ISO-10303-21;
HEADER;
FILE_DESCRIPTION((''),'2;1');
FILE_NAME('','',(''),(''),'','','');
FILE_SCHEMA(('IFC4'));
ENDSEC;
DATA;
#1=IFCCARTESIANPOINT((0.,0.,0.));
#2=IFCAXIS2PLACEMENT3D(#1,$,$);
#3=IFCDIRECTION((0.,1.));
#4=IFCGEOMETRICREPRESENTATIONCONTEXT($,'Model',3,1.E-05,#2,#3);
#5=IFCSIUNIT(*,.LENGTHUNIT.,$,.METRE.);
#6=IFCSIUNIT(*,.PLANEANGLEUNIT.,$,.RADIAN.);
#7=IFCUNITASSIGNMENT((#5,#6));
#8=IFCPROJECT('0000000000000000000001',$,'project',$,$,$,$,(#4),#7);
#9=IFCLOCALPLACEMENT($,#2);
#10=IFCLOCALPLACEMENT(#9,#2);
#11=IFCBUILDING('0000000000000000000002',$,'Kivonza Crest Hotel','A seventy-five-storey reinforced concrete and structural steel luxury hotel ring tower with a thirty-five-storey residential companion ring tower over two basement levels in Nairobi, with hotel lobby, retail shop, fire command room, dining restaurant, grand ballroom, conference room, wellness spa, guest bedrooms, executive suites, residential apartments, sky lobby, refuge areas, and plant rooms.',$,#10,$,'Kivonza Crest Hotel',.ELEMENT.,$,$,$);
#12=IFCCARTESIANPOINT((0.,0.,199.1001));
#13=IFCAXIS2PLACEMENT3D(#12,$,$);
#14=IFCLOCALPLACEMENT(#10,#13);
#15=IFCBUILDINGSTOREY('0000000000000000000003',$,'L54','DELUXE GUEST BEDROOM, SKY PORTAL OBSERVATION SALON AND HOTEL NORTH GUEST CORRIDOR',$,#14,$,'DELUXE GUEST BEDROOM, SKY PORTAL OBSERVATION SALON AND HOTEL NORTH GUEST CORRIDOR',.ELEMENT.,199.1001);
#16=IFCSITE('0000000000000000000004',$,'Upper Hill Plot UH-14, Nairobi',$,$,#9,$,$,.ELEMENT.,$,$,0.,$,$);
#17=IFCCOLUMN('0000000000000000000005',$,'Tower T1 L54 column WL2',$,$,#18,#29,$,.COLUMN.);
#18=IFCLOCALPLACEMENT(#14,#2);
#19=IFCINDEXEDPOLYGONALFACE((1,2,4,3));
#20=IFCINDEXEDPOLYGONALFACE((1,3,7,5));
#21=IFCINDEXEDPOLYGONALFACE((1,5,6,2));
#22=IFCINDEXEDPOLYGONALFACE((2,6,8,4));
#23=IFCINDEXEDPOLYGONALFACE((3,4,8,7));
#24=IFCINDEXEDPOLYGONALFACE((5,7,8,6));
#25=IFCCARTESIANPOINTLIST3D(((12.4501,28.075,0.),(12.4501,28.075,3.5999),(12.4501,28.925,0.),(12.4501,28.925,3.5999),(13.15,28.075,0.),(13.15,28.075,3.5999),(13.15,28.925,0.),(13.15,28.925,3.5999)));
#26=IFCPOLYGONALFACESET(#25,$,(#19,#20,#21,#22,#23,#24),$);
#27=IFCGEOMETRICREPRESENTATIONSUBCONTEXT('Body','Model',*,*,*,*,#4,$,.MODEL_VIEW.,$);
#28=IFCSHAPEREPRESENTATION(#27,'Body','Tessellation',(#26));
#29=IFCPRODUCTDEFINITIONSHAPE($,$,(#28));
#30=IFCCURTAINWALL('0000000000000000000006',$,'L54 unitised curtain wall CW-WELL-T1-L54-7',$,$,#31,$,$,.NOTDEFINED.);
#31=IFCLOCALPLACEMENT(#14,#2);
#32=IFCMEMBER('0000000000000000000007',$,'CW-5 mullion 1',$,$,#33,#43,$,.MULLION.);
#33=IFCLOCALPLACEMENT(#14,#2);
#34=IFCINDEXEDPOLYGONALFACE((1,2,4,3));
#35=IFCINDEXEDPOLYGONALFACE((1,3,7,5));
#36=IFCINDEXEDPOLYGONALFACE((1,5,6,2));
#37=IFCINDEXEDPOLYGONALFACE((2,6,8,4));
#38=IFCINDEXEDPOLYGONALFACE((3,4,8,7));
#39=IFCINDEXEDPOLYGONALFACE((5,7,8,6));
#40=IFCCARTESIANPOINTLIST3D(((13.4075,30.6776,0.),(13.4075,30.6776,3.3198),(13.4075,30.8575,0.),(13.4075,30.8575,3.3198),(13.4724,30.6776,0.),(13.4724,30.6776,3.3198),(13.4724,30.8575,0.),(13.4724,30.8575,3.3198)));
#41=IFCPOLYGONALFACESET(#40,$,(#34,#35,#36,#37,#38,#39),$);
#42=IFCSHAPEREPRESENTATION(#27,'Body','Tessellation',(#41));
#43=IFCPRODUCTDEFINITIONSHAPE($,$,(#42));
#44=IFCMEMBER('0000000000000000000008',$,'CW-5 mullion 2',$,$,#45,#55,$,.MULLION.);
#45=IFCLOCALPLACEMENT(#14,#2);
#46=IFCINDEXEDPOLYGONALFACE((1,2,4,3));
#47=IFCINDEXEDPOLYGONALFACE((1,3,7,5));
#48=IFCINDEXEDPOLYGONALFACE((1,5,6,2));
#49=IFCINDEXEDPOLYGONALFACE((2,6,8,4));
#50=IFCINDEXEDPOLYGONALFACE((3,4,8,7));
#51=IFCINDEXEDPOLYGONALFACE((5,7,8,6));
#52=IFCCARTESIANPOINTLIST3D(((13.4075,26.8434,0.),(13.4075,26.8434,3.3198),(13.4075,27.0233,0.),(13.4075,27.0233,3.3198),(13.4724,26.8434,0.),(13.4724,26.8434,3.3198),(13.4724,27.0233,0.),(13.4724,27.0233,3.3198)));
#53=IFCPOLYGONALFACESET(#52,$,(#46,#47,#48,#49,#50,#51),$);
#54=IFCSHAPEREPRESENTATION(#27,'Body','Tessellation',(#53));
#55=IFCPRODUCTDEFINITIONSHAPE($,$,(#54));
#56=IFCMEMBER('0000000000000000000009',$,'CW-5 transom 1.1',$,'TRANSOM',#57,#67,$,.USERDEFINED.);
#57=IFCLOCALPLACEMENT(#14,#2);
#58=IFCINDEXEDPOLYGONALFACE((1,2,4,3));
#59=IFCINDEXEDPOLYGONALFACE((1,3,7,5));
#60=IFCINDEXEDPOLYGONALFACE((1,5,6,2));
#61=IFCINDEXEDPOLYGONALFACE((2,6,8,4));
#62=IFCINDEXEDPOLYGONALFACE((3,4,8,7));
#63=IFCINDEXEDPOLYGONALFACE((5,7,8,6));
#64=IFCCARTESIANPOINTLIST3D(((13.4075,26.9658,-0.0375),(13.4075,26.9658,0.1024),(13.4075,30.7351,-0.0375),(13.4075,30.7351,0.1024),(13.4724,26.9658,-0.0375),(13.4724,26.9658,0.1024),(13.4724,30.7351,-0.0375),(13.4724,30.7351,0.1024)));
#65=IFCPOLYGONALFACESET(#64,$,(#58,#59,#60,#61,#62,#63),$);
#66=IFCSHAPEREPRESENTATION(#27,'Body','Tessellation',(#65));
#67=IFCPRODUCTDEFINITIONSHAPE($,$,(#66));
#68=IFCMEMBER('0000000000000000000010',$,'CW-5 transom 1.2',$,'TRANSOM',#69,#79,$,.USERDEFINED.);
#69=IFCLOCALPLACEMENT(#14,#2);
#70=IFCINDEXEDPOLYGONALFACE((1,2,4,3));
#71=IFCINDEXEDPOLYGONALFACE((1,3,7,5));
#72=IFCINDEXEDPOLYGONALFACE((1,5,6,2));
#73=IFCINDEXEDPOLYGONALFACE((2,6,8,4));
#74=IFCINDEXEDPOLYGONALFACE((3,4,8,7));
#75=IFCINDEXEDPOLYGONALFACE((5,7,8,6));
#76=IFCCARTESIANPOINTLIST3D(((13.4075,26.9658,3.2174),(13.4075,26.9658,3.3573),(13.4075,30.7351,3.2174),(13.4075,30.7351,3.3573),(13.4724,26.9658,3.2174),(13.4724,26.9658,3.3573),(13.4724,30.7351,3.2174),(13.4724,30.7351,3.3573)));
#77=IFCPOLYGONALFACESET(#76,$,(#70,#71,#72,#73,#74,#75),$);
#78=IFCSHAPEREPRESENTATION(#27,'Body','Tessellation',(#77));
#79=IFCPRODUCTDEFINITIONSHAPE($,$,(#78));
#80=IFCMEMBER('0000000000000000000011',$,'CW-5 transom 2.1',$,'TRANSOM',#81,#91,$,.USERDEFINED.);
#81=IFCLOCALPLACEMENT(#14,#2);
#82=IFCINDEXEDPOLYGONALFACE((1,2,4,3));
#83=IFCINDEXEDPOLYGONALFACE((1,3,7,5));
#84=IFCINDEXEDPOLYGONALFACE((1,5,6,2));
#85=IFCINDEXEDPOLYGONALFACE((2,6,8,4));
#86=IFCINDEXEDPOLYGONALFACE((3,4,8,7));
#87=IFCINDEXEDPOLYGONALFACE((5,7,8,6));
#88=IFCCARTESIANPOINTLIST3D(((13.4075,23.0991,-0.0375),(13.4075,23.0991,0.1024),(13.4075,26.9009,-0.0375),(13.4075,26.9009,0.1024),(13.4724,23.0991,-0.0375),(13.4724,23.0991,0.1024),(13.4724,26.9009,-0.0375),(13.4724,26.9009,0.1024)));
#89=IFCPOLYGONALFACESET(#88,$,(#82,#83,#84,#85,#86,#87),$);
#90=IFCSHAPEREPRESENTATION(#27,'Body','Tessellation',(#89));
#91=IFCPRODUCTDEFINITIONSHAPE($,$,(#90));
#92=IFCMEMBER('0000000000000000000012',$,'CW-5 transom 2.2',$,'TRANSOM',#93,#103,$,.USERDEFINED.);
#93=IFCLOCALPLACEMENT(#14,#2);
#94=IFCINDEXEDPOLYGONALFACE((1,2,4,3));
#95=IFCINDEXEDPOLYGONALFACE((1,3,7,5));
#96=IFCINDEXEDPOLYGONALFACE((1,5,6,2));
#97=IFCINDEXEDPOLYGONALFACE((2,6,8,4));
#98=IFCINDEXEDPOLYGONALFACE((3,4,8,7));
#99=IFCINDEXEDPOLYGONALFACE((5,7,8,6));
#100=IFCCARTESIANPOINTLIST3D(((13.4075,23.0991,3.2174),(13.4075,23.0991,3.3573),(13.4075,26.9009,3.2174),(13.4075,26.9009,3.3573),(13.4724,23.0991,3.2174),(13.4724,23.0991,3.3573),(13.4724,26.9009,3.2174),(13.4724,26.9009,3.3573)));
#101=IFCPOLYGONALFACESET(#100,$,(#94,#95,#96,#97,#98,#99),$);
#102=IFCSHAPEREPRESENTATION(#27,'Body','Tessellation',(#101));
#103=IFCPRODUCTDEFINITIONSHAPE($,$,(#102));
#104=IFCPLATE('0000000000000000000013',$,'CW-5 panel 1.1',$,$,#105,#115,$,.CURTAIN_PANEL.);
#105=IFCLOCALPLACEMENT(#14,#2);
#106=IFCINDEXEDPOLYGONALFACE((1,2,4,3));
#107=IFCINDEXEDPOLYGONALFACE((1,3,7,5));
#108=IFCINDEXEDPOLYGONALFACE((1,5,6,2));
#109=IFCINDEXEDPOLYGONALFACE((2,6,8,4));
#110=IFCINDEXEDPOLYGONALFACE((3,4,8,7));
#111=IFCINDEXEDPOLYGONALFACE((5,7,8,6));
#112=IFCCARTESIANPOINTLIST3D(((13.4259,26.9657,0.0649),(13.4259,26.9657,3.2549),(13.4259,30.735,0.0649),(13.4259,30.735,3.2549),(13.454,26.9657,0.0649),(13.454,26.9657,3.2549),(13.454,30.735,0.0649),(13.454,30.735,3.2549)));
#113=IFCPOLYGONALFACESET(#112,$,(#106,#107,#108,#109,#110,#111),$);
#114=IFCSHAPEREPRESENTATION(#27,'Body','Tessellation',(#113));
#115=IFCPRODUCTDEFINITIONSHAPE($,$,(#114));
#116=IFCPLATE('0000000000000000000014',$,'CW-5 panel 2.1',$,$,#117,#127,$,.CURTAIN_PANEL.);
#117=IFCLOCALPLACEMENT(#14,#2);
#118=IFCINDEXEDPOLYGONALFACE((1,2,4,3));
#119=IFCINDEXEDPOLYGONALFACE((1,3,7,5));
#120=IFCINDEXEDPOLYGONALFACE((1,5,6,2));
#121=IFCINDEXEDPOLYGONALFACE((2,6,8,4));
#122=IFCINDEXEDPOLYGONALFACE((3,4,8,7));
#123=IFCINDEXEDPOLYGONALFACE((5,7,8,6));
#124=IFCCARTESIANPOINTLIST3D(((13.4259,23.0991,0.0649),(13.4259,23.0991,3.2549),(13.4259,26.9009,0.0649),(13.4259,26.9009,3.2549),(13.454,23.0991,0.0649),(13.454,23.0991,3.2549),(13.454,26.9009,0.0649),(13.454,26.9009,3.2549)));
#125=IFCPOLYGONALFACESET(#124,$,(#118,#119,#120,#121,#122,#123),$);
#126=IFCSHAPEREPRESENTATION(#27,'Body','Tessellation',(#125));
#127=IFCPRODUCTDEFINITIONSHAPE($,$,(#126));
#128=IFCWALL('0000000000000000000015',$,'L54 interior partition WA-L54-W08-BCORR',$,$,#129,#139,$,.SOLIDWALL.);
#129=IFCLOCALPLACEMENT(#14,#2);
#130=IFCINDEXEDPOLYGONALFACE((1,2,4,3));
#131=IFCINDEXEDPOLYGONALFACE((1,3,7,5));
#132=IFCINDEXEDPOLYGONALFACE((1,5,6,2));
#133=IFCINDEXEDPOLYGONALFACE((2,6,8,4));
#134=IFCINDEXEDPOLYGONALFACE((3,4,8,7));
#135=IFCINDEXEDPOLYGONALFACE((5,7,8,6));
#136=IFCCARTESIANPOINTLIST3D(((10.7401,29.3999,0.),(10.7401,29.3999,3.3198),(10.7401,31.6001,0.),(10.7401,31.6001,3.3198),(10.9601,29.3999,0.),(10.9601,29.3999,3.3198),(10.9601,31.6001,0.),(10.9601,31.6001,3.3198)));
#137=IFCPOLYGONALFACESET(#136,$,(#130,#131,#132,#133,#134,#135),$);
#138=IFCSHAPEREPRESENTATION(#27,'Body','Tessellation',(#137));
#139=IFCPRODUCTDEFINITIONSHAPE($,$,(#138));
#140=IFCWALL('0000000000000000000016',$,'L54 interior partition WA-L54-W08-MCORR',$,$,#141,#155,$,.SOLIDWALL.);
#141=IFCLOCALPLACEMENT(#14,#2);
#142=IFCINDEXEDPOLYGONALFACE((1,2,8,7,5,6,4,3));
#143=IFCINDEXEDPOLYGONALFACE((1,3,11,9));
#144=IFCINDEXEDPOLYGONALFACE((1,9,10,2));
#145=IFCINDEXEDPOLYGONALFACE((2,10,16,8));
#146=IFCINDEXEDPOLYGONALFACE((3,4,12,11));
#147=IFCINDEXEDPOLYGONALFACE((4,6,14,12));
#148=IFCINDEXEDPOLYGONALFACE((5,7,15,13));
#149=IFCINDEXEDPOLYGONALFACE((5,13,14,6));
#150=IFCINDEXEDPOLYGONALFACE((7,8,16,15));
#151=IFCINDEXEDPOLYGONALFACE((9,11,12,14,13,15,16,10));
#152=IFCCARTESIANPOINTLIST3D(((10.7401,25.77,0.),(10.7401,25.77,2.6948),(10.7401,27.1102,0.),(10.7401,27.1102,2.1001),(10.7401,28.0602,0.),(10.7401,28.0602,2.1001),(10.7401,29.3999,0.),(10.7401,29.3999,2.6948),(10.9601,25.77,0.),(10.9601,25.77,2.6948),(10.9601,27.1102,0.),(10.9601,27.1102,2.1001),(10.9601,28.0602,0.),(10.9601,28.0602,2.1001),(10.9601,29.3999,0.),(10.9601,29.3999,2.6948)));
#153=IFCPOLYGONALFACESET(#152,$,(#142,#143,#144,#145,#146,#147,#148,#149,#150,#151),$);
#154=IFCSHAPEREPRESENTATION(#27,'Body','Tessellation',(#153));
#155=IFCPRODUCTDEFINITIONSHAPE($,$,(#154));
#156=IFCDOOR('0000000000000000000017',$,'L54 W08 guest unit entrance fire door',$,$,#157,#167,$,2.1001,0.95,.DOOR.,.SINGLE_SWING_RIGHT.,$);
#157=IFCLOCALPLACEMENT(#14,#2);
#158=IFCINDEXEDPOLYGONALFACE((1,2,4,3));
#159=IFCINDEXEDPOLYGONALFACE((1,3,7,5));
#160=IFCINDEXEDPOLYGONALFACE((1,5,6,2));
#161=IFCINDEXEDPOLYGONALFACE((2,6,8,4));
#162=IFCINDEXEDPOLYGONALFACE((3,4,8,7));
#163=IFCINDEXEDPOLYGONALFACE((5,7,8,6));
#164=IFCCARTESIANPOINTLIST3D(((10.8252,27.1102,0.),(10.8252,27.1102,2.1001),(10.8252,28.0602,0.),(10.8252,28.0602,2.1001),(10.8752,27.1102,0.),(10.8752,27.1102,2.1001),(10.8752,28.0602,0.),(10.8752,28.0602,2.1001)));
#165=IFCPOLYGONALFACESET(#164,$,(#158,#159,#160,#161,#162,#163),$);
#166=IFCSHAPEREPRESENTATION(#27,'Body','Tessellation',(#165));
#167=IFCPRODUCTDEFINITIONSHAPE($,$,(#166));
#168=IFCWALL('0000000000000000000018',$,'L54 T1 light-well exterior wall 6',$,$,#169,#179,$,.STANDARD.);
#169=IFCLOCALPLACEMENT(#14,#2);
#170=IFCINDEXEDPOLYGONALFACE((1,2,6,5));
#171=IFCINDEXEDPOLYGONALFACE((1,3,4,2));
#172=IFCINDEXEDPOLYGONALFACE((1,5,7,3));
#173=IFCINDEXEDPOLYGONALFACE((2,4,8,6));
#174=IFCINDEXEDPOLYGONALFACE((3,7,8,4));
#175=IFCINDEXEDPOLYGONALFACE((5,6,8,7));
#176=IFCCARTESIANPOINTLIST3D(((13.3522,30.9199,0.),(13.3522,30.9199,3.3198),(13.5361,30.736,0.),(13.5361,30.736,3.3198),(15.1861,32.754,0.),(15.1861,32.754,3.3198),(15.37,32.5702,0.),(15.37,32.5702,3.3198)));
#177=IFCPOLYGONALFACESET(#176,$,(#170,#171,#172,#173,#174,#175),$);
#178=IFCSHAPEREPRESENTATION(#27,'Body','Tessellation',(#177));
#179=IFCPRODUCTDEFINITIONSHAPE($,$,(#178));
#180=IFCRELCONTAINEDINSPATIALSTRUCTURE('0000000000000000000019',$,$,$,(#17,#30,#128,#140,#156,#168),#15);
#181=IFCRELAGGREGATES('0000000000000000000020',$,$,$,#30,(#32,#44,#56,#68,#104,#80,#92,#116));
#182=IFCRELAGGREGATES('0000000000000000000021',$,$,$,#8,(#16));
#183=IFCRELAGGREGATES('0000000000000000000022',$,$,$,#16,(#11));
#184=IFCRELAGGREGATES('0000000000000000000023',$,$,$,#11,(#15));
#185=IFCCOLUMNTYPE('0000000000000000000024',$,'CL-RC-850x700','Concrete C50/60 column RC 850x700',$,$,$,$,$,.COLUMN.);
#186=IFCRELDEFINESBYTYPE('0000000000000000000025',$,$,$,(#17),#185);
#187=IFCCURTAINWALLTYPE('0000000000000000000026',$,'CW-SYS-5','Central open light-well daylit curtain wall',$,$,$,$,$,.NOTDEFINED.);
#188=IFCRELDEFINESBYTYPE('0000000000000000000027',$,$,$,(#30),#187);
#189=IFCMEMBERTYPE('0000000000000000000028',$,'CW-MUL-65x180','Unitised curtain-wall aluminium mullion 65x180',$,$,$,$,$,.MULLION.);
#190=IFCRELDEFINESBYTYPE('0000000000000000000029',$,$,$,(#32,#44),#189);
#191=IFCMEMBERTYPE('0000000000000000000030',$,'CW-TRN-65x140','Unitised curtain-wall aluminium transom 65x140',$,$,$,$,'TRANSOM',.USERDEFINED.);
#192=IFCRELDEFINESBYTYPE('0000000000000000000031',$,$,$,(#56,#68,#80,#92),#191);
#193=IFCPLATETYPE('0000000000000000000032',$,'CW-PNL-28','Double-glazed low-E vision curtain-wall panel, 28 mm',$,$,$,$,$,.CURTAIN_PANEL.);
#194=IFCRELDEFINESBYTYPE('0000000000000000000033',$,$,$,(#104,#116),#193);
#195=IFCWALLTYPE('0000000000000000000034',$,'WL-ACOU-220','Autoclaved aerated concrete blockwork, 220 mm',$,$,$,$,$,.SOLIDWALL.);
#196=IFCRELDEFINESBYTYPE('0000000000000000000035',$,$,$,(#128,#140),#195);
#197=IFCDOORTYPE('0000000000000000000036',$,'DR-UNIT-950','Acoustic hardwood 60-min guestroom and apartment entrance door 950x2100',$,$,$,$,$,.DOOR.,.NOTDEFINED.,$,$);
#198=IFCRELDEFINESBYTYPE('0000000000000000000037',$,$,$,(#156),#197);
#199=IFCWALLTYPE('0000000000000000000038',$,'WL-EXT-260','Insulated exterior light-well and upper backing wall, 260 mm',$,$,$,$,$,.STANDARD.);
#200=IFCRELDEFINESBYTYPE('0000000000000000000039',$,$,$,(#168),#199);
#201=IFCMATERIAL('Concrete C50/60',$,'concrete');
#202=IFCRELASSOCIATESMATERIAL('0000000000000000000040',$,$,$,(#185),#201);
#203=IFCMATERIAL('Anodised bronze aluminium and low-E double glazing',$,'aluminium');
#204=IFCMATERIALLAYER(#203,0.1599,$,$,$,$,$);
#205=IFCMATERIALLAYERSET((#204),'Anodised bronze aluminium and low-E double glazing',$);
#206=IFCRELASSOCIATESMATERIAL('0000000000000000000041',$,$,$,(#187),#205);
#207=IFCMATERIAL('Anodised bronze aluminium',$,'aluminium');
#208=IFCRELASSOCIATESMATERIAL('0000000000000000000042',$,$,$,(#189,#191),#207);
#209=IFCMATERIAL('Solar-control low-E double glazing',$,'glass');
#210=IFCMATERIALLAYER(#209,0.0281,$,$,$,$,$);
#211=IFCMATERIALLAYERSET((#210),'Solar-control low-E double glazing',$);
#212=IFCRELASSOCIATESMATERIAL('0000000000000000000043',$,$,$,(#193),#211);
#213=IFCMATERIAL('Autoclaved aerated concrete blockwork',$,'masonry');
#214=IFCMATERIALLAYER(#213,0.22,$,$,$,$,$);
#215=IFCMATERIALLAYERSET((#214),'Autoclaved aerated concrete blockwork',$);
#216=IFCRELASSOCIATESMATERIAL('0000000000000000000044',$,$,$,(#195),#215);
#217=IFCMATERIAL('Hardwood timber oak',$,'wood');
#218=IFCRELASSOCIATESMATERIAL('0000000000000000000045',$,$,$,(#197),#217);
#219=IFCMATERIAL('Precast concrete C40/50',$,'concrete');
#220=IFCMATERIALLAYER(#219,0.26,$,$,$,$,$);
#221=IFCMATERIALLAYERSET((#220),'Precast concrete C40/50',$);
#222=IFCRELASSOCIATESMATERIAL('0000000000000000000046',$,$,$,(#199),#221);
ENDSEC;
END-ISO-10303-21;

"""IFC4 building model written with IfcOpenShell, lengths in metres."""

from ifc_helpers import new_model, si_unit, direction, frame, frame_2d, origin, origin_2d, place, context, subcontext, project, spatial, rectangle, extrude, material, layer, layer_set, material_profile, profile_set, type_object, element, fill, aggregate, save


model = new_model("IFC4")

# Units and contexts
model_context = context("Model", 3, precision=1e-05, world=origin(), true_north=direction((0.0, 1.0)))
body_context = subcontext(model_context, "Body", "Model", "MODEL_VIEW")
ifc_project = project(units=[si_unit("LENGTHUNIT", "METRE"), si_unit("PLANEANGLEUNIT", "RADIAN")], contexts=[model_context])

# Site, building, storey
site_placement = place(None, origin())
site = spatial("IfcSite", under=ifc_project, at=site_placement, Name="Upper Hill Plot UH-14, Nairobi", CompositionType="ELEMENT", RefElevation=0.0)
building_placement = place(site_placement, origin())
building = spatial("IfcBuilding", under=site, at=building_placement, Name="Kivonza Crest Hotel", Description="A seventy-five-storey reinforced concrete and structural steel luxury hotel ring tower with a thirty-five-storey residential companion ring tower over two basement levels in Nairobi, with hotel lobby, retail shop, fire command room, dining restaurant, grand ballroom, conference room, wellness spa, guest bedrooms, executive suites, residential apartments, sky lobby, refuge areas, and plant rooms.", LongName="Kivonza Crest Hotel", CompositionType="ELEMENT")
storey_placement = place(building_placement, frame((0.0, 0.0, 199.1001)))
storey = spatial("IfcBuildingStorey", under=building, at=storey_placement, Name="L54", Description="DELUXE GUEST BEDROOM, SKY PORTAL OBSERVATION SALON AND HOTEL NORTH GUEST CORRIDOR", LongName="DELUXE GUEST BEDROOM, SKY PORTAL OBSERVATION SALON AND HOTEL NORTH GUEST CORRIDOR", CompositionType="ELEMENT", Elevation=199.1001)

# Column
ifc_material_1 = material(Name="Concrete C50/60", Category="concrete")
ifc_material_profile_1 = material_profile(ifc_material_1, rectangle(XDim=0.7, YDim=0.8501, at=origin_2d()), Name="RC 850x700")
ifc_profile_set_1 = profile_set([ifc_material_profile_1], Name="Concrete C50/60")
column_type = type_object("IfcColumnType", Name="CL-RC-850x700", Description="Concrete C50/60 column RC 850x700", PredefinedType="COLUMN", material=ifc_profile_set_1)
column_placement = place(storey_placement, frame((12.8, 28.5, 0.0), z_axis=(0.0, 0.0, 1.0), x_axis=(1.0, 0.0, 0.0)))
element("IfcColumn", 1, at=column_placement, inside=storey, type_object=column_type, Name="Tower T1 L54 column WL2", PredefinedType="COLUMN", context=body_context, shape_type="SweptSolid", body=[
    extrude(rectangle(XDim=0.7, YDim=0.8501, at=origin_2d()), origin(), (0.0, 0.0, 1.0), 3.5999),
])

# Curtain wall, members, plates
ifc_material_2 = material(Name="Anodised bronze aluminium and low-E double glazing", Category="aluminium")
ifc_layer_1 = layer(ifc_material_2, 0.1599)
ifc_layer_set_1 = layer_set([ifc_layer_1], Name="Anodised bronze aluminium and low-E double glazing")
curtain_wall_type = type_object("IfcCurtainWallType", Name="CW-SYS-5", Description="Central open light-well daylit curtain wall", PredefinedType="NOTDEFINED", material=ifc_layer_set_1)
curtain_wall_placement = place(storey_placement, origin())
curtain_wall = element("IfcCurtainWall", 2, at=curtain_wall_placement, inside=storey, type_object=curtain_wall_type, Name="L54 unitised curtain wall CW-WELL-T1-L54-7", PredefinedType="NOTDEFINED")
ifc_material_3 = material(Name="Anodised bronze aluminium", Category="aluminium")
ifc_material_profile_2 = material_profile(ifc_material_3, rectangle(XDim=0.0649, YDim=0.1799, at=origin_2d()), Name="CW-M 65x180")
ifc_profile_set_2 = profile_set([ifc_material_profile_2], Name="Anodised bronze aluminium")
member_type_1 = type_object("IfcMemberType", Name="CW-MUL-65x180", Description="Unitised curtain-wall aluminium mullion 65x180", PredefinedType="MULLION", material=ifc_profile_set_2)
member_1_placement = place(storey_placement, frame((13.4399, 30.7676, 0.0), z_axis=(0.0, 0.0, 1.0), x_axis=(1.0, 0.0, 0.0)))
member_1 = element("IfcMember", 3, at=member_1_placement, type_object=member_type_1, Name="CW-5 mullion 1", PredefinedType="MULLION", context=body_context, shape_type="SweptSolid", body=[
    extrude(rectangle(XDim=0.0649, YDim=0.1799, at=origin_2d()), origin(), (0.0, 0.0, 1.0), 3.3198),
])
member_2_placement = place(storey_placement, frame((13.4399, 26.9333, 0.0), z_axis=(0.0, 0.0, 1.0), x_axis=(1.0, 0.0, 0.0)))
member_2 = element("IfcMember", 4, at=member_2_placement, type_object=member_type_1, Name="CW-5 mullion 2", PredefinedType="MULLION", context=body_context, shape_type="SweptSolid", body=[
    extrude(rectangle(XDim=0.0649, YDim=0.1799, at=origin_2d()), origin(), (0.0, 0.0, 1.0), 3.3198),
])
ifc_material_profile_3 = material_profile(ifc_material_3, rectangle(XDim=0.0649, YDim=0.1399, at=origin_2d()), Name="CW-T 65x140")
ifc_profile_set_3 = profile_set([ifc_material_profile_3], Name="Anodised bronze aluminium")
member_type_2 = type_object("IfcMemberType", Name="CW-TRN-65x140", Description="Unitised curtain-wall aluminium transom 65x140", ElementType="TRANSOM", PredefinedType="USERDEFINED", material=ifc_profile_set_3)
member_3_placement = place(storey_placement, frame((13.4399, 30.7351, 0.0325), z_axis=(0.0, -1.0, 0.0), x_axis=(1.0, 0.0, 0.0)))
member_3 = element("IfcMember", 5, at=member_3_placement, type_object=member_type_2, Name="CW-5 transom 1.1", ObjectType="TRANSOM", PredefinedType="USERDEFINED", context=body_context, shape_type="SweptSolid", body=[
    extrude(rectangle(XDim=0.0649, YDim=0.1399, at=origin_2d()), origin(), (0.0, 0.0, 1.0), 3.7693),
])
member_4_placement = place(storey_placement, frame((13.4399, 30.7351, 3.2874), z_axis=(0.0, -1.0, 0.0), x_axis=(1.0, 0.0, 0.0)))
member_4 = element("IfcMember", 6, at=member_4_placement, type_object=member_type_2, Name="CW-5 transom 1.2", ObjectType="TRANSOM", PredefinedType="USERDEFINED", context=body_context, shape_type="SweptSolid", body=[
    extrude(rectangle(XDim=0.0649, YDim=0.1399, at=origin_2d()), origin(), (0.0, 0.0, 1.0), 3.7693),
])
member_5_placement = place(storey_placement, frame((13.4399, 26.9009, 0.0325), z_axis=(0.0, -1.0, 0.0), x_axis=(1.0, 0.0, 0.0)))
member_5 = element("IfcMember", 7, at=member_5_placement, type_object=member_type_2, Name="CW-5 transom 2.1", ObjectType="TRANSOM", PredefinedType="USERDEFINED", context=body_context, shape_type="SweptSolid", body=[
    extrude(rectangle(XDim=0.0649, YDim=0.1399, at=origin_2d()), origin(), (0.0, 0.0, 1.0), 3.8018),
])
member_6_placement = place(storey_placement, frame((13.4399, 26.9009, 3.2874), z_axis=(0.0, -1.0, 0.0), x_axis=(1.0, 0.0, 0.0)))
member_6 = element("IfcMember", 8, at=member_6_placement, type_object=member_type_2, Name="CW-5 transom 2.2", ObjectType="TRANSOM", PredefinedType="USERDEFINED", context=body_context, shape_type="SweptSolid", body=[
    extrude(rectangle(XDim=0.0649, YDim=0.1399, at=origin_2d()), origin(), (0.0, 0.0, 1.0), 3.8018),
])
ifc_material_4 = material(Name="Solar-control low-E double glazing", Category="glass")
ifc_layer_2 = layer(ifc_material_4, 0.0281)
ifc_layer_set_2 = layer_set([ifc_layer_2], Name="Solar-control low-E double glazing")
plate_type = type_object("IfcPlateType", Name="CW-PNL-28", Description="Double-glazed low-E vision curtain-wall panel, 28 mm", PredefinedType="CURTAIN_PANEL", material=ifc_layer_set_2)
plate_1_placement = place(storey_placement, frame((13.4399, 28.8503, 0.0649), z_axis=(0.0, 0.0, 1.0), x_axis=(0.0, -1.0, 0.0)))
plate_1 = element("IfcPlate", 9, at=plate_1_placement, type_object=plate_type, Name="CW-5 panel 1.1", PredefinedType="CURTAIN_PANEL", context=body_context, shape_type="SweptSolid", body=[
    extrude(rectangle(XDim=3.7693, YDim=0.0281, at=origin_2d()), origin(), (0.0, 0.0, 1.0), 3.1899),
])
plate_2_placement = place(storey_placement, frame((13.4399, 25.0, 0.0649), z_axis=(0.0, 0.0, 1.0), x_axis=(0.0, -1.0, 0.0)))
plate_2 = element("IfcPlate", 10, at=plate_2_placement, type_object=plate_type, Name="CW-5 panel 2.1", PredefinedType="CURTAIN_PANEL", context=body_context, shape_type="SweptSolid", body=[
    extrude(rectangle(XDim=3.8018, YDim=0.0281, at=origin_2d()), origin(), (0.0, 0.0, 1.0), 3.1899),
])
aggregate(curtain_wall, [member_1, member_2, member_3, member_4, plate_1, member_5, member_6, plate_2])

# Wall
ifc_material_5 = material(Name="Autoclaved aerated concrete blockwork", Category="masonry")
ifc_layer_3 = layer(ifc_material_5, 0.22)
ifc_layer_set_3 = layer_set([ifc_layer_3], Name="Autoclaved aerated concrete blockwork")
wall_type_1 = type_object("IfcWallType", Name="WL-ACOU-220", Description="Autoclaved aerated concrete blockwork, 220 mm", PredefinedType="SOLIDWALL", material=ifc_layer_set_3)
wall_1_placement = place(storey_placement, frame((10.8501, 29.3999, 0.0), z_axis=(0.0, 0.0, 1.0), x_axis=(0.0, 1.0, 0.0)))
element("IfcWall", 11, at=wall_1_placement, inside=storey, type_object=wall_type_1, Name="L54 interior partition WA-L54-W08-BCORR", PredefinedType="SOLIDWALL", context=body_context, shape_type="SweptSolid", body=[
    extrude(rectangle(XDim=2.2002, YDim=0.22, at=frame_2d((1.1001, 0.0))), origin(), (0.0, 0.0, 1.0), 3.3198),
])

# Wall, opening, door
wall_2_placement = place(storey_placement, frame((10.8501, 25.77, 0.0), z_axis=(0.0, 0.0, 1.0), x_axis=(0.0, 1.0, 0.0)))
wall_2 = element("IfcWall", 12, at=wall_2_placement, inside=storey, type_object=wall_type_1, Name="L54 interior partition WA-L54-W08-MCORR", PredefinedType="SOLIDWALL", context=body_context, shape_type="SweptSolid", body=[
    extrude(rectangle(XDim=3.6299, YDim=0.22, at=frame_2d((1.8149, 0.0))), origin(), (0.0, 0.0, 1.0), 2.6948),
])
opening_1_placement = place(wall_2_placement, frame((1.3401, 0.0, 0.0)))
opening_1 = element("IfcOpeningElement", 13, at=opening_1_placement, cuts=wall_2, PredefinedType="OPENING", context=body_context, shape_type="SweptSolid", body=[
    extrude(rectangle(XDim=0.95, YDim=2.1001, at=frame_2d((0.4751, 1.05))), frame((0.0, 0.1201, 0.0), z_axis=(0.0, -1.0, 0.0), x_axis=(1.0, 0.0, 0.0)), (0.0, 0.0, 1.0), 0.24),
])
ifc_material_6 = material(Name="Hardwood timber oak", Category="wood")
door_type_1 = type_object("IfcDoorType", Name="DR-UNIT-950", Description="Acoustic hardwood 60-min guestroom and apartment entrance door 950x2100", OperationType="NOTDEFINED", PredefinedType="DOOR", material=ifc_material_6)
door_1_placement = place(opening_1_placement, origin())
door_1 = element("IfcDoor", 14, at=door_1_placement, inside=storey, type_object=door_type_1, Name="L54 W08 guest unit entrance fire door", OperationType="SINGLE_SWING_RIGHT", OverallHeight=2.1001, OverallWidth=0.95, PredefinedType="DOOR", context=body_context, shape_type="SweptSolid", body=[
    extrude(rectangle(XDim=0.95, YDim=2.1001, at=frame_2d((0.4751, 1.05))), frame((0.0, 0.0249, 0.0), z_axis=(0.0, -1.0, 0.0), x_axis=(1.0, 0.0, 0.0)), (0.0, 0.0, 1.0), 0.05),
])
fill(opening_1, door_1)

# Wall
ifc_material_7 = material(Name="Precast concrete C40/50", Category="concrete")
ifc_layer_4 = layer(ifc_material_7, 0.26)
ifc_layer_set_4 = layer_set([ifc_layer_4], Name="Precast concrete C40/50")
wall_type_2 = type_object("IfcWallType", Name="WL-EXT-260", Description="Insulated exterior light-well and upper backing wall, 260 mm", PredefinedType="STANDARD", material=ifc_layer_set_4)
wall_3_placement = place(storey_placement, frame((15.2781, 32.6621, 0.0), z_axis=(0.0, 0.0, 1.0), x_axis=(-0.70706, -0.707154, 0.0)))
element("IfcWall", 15, at=wall_3_placement, inside=storey, type_object=wall_type_2, Name="L54 T1 light-well exterior wall 6", PredefinedType="STANDARD", context=body_context, shape_type="SweptSolid", body=[
    extrude(rectangle(XDim=2.5938, YDim=0.26, at=frame_2d((1.2969, 0.0))), origin(), (0.0, 0.0, 1.0), 3.3198),
])

save(model, "model.ifc")
